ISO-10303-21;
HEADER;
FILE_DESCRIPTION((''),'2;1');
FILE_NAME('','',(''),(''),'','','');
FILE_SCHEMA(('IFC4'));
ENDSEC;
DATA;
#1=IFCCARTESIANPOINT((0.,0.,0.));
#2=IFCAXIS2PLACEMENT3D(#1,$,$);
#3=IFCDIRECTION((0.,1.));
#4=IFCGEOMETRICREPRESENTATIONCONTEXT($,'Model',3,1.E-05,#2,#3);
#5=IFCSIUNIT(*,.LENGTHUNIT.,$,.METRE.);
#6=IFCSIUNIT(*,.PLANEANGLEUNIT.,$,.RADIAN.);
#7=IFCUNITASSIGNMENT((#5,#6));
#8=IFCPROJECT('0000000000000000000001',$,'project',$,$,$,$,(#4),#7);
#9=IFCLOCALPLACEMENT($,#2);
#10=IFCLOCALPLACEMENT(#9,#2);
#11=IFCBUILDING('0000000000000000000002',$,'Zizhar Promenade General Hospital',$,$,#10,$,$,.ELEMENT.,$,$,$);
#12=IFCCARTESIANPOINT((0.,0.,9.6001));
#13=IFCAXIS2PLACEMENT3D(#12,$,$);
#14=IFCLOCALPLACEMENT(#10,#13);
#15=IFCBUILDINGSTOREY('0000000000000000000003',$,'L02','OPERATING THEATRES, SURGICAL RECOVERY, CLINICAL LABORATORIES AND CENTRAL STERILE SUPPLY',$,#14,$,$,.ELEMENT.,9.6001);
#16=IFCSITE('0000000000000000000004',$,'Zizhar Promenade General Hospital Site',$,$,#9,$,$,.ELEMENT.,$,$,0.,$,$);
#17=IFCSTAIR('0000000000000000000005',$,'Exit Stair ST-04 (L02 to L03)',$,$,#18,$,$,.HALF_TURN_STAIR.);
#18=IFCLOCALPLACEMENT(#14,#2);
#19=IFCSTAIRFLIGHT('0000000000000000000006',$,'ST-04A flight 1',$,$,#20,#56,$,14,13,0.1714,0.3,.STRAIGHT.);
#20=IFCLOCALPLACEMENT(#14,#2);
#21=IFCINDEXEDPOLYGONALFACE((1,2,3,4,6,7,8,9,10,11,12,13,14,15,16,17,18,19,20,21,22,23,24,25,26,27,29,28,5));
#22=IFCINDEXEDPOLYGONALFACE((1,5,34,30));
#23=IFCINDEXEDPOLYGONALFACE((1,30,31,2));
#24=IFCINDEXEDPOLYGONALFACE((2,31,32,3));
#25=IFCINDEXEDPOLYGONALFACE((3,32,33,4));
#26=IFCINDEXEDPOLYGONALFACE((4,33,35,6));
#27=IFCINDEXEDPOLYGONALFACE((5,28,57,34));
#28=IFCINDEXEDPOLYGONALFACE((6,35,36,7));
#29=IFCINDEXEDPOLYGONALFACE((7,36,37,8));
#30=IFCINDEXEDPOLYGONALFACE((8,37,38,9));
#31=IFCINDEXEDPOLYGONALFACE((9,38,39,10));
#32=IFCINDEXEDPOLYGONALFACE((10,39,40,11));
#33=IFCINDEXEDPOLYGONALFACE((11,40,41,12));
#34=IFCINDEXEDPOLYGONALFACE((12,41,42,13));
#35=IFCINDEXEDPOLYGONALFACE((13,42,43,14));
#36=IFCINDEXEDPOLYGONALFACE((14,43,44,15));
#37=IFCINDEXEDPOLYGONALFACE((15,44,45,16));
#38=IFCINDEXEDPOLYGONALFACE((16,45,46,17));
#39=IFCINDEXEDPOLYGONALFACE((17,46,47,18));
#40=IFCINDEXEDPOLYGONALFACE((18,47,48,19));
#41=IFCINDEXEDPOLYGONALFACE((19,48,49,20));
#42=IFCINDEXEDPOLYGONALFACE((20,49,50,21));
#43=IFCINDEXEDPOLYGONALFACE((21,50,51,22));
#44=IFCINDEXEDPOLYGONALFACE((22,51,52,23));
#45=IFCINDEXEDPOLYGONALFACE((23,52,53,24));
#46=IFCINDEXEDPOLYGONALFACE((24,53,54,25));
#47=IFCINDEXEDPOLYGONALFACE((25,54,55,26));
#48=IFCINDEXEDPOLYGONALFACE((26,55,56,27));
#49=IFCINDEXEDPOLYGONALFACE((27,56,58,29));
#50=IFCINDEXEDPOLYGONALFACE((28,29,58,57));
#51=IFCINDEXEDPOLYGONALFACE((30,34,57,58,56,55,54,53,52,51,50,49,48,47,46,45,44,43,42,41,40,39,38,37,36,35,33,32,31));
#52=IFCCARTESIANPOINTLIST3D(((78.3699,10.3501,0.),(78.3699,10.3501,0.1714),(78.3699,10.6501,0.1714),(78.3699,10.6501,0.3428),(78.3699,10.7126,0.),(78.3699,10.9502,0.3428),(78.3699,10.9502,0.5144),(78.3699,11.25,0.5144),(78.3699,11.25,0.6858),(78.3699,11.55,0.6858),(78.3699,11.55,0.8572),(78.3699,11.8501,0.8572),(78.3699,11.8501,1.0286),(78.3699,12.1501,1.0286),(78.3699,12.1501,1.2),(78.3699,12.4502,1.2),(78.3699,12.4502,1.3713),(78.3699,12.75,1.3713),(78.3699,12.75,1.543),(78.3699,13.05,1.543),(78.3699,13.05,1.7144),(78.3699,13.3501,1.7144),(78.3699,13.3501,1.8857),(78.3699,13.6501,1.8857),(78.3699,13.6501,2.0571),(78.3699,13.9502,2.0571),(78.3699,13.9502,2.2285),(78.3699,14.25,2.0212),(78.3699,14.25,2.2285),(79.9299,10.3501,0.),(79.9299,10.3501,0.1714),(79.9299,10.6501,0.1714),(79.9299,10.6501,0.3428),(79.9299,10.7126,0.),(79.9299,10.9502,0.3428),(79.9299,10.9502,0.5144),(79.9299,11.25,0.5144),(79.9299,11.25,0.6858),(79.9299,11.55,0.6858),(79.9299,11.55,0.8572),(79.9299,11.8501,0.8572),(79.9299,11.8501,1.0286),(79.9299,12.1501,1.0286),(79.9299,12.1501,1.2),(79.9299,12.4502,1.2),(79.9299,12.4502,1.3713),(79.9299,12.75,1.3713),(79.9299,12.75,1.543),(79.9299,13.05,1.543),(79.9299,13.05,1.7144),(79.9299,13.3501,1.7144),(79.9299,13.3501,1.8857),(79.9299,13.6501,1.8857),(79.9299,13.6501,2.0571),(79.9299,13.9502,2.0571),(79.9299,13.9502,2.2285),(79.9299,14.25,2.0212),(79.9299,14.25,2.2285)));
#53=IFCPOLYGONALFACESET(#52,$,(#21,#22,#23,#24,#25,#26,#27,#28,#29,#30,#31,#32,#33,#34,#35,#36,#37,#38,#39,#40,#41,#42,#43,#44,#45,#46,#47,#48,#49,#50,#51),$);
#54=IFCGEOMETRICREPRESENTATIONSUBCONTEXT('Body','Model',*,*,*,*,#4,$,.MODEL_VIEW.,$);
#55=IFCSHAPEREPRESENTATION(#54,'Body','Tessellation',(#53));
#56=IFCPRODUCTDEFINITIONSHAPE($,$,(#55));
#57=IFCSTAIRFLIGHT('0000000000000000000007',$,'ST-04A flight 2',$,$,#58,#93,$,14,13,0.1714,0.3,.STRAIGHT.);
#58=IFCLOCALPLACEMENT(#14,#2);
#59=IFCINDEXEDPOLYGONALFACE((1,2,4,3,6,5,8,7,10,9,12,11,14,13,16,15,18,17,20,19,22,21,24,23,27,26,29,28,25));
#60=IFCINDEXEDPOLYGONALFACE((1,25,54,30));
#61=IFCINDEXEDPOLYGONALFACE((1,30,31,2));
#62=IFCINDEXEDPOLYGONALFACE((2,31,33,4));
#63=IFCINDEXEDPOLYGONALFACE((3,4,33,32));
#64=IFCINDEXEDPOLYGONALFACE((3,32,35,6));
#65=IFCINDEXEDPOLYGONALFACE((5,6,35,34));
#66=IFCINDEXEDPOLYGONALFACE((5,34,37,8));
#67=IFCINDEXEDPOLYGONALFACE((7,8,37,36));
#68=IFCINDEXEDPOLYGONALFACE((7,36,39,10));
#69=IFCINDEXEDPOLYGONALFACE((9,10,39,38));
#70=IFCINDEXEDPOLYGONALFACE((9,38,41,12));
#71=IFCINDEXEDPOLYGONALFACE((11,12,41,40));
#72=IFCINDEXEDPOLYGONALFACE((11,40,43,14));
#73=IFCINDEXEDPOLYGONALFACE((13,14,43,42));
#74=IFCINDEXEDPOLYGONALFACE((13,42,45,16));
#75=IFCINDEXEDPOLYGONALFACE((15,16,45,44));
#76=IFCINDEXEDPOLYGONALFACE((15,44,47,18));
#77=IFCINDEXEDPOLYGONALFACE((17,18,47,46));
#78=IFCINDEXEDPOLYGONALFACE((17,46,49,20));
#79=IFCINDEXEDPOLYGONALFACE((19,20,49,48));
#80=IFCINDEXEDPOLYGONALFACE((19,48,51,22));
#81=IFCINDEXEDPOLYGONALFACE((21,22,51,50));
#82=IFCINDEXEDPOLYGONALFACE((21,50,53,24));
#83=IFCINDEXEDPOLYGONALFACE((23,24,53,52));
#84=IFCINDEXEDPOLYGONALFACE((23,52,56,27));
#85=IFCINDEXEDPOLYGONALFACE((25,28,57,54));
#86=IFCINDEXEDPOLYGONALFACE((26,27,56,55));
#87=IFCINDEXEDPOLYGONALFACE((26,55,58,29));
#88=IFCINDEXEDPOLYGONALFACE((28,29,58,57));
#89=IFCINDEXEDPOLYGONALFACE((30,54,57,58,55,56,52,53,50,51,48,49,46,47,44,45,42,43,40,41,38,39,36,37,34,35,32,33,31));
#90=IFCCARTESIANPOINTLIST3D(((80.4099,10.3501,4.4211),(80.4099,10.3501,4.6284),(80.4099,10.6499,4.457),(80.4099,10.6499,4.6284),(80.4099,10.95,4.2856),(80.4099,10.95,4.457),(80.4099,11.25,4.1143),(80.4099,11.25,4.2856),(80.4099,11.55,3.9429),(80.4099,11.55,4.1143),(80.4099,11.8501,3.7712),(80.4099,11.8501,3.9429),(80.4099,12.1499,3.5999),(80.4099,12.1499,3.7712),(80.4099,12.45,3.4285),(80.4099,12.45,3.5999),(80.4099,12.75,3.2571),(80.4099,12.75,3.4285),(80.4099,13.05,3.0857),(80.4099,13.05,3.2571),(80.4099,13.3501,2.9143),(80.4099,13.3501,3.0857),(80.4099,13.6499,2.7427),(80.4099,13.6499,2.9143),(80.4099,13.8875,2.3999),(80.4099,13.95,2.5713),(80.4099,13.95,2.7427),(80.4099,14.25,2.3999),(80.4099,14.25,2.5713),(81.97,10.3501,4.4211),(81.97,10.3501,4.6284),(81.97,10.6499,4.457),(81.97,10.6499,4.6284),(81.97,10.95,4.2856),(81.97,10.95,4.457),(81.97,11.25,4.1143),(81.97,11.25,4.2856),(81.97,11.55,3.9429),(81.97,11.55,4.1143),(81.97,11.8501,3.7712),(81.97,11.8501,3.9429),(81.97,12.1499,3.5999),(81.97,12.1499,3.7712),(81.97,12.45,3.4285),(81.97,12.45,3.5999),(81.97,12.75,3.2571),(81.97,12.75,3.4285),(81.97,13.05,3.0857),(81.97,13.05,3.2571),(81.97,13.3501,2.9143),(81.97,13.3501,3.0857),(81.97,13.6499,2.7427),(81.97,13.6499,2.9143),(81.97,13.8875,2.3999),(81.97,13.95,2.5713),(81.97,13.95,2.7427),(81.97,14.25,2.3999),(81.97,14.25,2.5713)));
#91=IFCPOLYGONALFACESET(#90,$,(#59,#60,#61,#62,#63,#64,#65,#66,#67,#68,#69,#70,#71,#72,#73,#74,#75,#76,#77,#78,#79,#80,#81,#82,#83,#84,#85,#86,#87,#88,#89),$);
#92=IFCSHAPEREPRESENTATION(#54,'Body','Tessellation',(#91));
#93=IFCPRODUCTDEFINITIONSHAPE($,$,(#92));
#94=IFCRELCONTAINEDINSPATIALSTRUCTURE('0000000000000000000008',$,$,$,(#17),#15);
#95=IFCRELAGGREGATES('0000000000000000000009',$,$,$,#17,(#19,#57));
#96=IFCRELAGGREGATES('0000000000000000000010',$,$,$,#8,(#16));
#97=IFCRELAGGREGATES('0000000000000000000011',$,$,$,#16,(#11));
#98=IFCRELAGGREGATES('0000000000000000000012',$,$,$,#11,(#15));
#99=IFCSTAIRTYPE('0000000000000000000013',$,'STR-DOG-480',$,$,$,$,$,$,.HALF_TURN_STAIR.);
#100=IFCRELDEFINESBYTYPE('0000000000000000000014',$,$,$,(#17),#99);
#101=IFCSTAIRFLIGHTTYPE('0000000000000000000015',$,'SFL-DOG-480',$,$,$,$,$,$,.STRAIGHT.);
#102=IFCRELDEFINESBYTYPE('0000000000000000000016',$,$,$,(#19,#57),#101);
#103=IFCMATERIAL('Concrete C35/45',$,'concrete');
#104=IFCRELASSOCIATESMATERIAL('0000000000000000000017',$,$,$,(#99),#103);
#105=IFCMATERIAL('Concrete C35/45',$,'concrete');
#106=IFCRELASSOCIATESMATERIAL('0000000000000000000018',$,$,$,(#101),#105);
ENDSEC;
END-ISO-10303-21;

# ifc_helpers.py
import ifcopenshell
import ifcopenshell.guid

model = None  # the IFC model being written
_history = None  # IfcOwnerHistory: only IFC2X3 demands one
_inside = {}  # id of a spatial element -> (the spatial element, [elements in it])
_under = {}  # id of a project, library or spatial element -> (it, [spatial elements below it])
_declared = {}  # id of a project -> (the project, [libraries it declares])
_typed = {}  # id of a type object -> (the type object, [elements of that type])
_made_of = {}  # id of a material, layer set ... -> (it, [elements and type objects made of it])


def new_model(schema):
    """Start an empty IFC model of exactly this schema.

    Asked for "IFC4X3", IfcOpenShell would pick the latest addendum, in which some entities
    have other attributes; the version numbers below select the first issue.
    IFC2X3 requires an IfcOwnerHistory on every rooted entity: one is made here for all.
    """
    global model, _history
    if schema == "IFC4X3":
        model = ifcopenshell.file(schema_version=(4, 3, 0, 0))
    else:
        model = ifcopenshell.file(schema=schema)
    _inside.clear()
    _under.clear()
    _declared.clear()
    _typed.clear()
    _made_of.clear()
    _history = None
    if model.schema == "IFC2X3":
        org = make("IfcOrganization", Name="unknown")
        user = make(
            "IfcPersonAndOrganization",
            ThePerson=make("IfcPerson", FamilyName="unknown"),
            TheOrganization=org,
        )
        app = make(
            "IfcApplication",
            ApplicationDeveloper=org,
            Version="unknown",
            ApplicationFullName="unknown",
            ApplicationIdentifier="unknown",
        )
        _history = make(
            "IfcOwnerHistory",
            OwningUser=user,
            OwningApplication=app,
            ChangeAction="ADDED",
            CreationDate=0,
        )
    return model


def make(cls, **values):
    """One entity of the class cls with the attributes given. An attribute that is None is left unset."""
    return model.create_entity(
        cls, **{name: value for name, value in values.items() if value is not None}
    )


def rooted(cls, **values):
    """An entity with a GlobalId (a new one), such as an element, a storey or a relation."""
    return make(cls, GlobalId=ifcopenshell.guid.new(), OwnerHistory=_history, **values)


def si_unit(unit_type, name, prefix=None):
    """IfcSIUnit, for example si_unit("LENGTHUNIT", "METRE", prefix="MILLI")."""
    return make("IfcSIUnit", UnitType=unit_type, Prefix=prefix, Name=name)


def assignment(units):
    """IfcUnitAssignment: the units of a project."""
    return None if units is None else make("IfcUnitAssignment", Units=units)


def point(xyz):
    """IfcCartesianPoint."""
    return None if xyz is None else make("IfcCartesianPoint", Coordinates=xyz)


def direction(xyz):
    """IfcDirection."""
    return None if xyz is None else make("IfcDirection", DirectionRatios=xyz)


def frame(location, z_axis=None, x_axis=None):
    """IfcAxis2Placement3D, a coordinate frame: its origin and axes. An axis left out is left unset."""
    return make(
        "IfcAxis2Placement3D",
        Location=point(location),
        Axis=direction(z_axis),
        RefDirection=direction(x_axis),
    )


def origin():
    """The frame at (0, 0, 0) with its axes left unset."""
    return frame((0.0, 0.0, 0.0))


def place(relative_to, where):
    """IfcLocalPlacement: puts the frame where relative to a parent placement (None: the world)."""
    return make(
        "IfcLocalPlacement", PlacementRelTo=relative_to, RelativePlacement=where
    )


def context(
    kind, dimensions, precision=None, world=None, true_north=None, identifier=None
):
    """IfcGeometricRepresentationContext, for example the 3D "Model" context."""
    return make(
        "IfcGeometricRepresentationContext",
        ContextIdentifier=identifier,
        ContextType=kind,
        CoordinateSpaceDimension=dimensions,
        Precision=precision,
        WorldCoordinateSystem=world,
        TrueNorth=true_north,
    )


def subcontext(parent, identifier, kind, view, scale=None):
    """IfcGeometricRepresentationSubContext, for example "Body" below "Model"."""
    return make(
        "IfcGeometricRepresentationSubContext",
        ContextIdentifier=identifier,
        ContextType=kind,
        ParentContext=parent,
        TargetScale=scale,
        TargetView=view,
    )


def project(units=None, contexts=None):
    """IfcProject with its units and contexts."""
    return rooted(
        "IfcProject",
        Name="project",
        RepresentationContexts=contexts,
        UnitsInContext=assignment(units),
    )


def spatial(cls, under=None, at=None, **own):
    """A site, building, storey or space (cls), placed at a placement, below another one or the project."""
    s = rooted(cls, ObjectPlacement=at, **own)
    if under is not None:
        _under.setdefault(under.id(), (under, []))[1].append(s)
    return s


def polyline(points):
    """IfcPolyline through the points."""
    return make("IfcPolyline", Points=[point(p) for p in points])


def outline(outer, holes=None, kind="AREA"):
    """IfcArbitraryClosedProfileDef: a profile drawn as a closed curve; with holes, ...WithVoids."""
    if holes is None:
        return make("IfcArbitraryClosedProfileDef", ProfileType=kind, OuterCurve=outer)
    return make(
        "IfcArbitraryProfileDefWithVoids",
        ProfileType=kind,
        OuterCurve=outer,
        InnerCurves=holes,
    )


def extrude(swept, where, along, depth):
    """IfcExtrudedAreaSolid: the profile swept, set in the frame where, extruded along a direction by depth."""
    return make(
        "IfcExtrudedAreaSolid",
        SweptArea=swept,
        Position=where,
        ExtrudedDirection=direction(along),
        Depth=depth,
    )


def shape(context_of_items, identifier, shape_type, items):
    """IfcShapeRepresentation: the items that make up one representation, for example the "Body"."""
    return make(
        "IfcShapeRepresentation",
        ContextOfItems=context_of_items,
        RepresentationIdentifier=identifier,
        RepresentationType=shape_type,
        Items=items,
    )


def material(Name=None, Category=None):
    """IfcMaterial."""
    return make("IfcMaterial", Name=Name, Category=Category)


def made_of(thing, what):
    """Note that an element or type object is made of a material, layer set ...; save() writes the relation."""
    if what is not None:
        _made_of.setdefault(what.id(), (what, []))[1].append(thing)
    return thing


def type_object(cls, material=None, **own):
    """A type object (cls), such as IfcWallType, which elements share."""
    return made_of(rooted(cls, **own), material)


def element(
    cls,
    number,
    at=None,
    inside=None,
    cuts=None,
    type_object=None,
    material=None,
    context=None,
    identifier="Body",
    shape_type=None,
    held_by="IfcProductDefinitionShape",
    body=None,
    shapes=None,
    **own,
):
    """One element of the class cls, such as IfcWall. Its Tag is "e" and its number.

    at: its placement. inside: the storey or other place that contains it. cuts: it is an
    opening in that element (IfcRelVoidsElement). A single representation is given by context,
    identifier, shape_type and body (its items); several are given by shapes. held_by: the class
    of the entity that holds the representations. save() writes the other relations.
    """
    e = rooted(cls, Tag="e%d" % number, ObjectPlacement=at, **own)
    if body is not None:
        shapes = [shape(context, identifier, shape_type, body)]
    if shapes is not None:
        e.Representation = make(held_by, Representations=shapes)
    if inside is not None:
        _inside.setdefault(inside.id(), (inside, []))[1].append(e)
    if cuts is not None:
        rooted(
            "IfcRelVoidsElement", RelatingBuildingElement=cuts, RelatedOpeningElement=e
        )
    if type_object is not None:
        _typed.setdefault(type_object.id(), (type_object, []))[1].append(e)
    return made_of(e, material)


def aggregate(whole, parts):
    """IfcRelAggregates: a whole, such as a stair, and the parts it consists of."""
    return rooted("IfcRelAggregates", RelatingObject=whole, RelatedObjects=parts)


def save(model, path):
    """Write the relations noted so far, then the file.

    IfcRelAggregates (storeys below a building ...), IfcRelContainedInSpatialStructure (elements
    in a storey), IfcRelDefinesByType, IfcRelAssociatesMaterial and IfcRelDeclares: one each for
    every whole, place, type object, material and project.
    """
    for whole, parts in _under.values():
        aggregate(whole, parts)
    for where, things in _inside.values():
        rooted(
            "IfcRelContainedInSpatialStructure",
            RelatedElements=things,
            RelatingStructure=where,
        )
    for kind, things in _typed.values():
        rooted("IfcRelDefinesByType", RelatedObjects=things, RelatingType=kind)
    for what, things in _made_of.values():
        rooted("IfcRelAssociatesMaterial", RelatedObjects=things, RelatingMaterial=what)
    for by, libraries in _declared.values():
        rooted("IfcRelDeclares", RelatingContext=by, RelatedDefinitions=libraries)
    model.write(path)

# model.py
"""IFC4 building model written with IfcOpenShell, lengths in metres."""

from ifc_helpers import new_model, si_unit, direction, frame, origin, place, context, subcontext, project, spatial, polyline, outline, extrude, material, type_object, element, aggregate, save


model = new_model("IFC4")

# Units and contexts
model_context = context("Model", 3, precision=1e-05, world=origin(), true_north=direction((0.0, 1.0)))
body_context = subcontext(model_context, "Body", "Model", "MODEL_VIEW")
ifc_project = project(units=[si_unit("LENGTHUNIT", "METRE"), si_unit("PLANEANGLEUNIT", "RADIAN")], contexts=[model_context])

# Site, building, storey
site_placement = place(None, origin())
site = spatial("IfcSite", under=ifc_project, at=site_placement, Name="Zizhar Promenade General Hospital Site", CompositionType="ELEMENT", RefElevation=0.0)
building_placement = place(site_placement, origin())
building = spatial("IfcBuilding", under=site, at=building_placement, Name="Zizhar Promenade General Hospital", CompositionType="ELEMENT")
storey_placement = place(building_placement, frame((0.0, 0.0, 9.6001)))
storey = spatial("IfcBuildingStorey", under=building, at=storey_placement, Name="L02", Description="OPERATING THEATRES, SURGICAL RECOVERY, CLINICAL LABORATORIES AND CENTRAL STERILE SUPPLY", CompositionType="ELEMENT", Elevation=9.6001)

# Shared definitions
ifc_material_1 = material(Name="Concrete C35/45", Category="concrete")
stair_type = type_object("IfcStairType", Name="STR-DOG-480", PredefinedType="HALF_TURN_STAIR", material=ifc_material_1)
ifc_material_2 = material(Name="Concrete C35/45", Category="concrete")
stair_flight_type = type_object("IfcStairFlightType", Name="SFL-DOG-480", PredefinedType="STRAIGHT", material=ifc_material_2)

# Stair, stair flights
stair_1_placement = place(storey_placement, origin())
stair_1 = element("IfcStair", 1, at=stair_1_placement, inside=storey, type_object=stair_type, Name="Exit Stair ST-04 (L02 to L03)", PredefinedType="HALF_TURN_STAIR")
stair_flight_1_placement = place(storey_placement, frame((79.1499, 10.3501, 0.0), z_axis=(0.0, 0.0, 1.0), x_axis=(0.0, 1.0, 0.0)))
stair_flight_1 = element("IfcStairFlight", 2, at=stair_flight_1_placement, type_object=stair_flight_type, Name="ST-04A flight 1", NumberOfRisers=14, NumberOfTreads=13, PredefinedType="STRAIGHT", RiserHeight=0.1714, TreadLength=0.3, context=body_context, shape_type="SweptSolid", body=[
    extrude(outline(polyline([(0.0, 0.0), (0.0, 0.1714), (0.3, 0.1714), (0.3, 0.3428), (0.6001, 0.3428), (0.6001, 0.5144), (0.8999, 0.5144), (0.8999, 0.6858), (1.2, 0.6858), (1.2, 0.8572), (1.5, 0.8572), (1.5, 1.0286), (1.8, 1.0286), (1.8, 1.2), (2.1001, 1.2), (2.1001, 1.3713), (2.3999, 1.3713), (2.3999, 1.543), (2.7, 1.543), (2.7, 1.7144), (3.0, 1.7144), (3.0, 1.8857), (3.3, 1.8857), (3.3, 2.0571), (3.6001, 2.0571), (3.6001, 2.2285), (3.8999, 2.2285), (3.8999, 2.3999), (3.8999, 2.0212), (0.3625, 0.0), (0.0, 0.0)])), frame((0.0, 0.78, 0.0), z_axis=(0.0, -1.0, 0.0), x_axis=(1.0, 0.0, 0.0)), (0.0, 0.0, 1.0), 1.5601),
])
stair_flight_2_placement = place(storey_placement, frame((81.1899, 14.25, 2.3999), z_axis=(0.0, 0.0, 1.0), x_axis=(0.0, -1.0, 0.0)))
stair_flight_2 = element("IfcStairFlight", 3, at=stair_flight_2_placement, type_object=stair_flight_type, Name="ST-04A flight 2", NumberOfRisers=14, NumberOfTreads=13, PredefinedType="STRAIGHT", RiserHeight=0.1714, TreadLength=0.3, context=body_context, shape_type="SweptSolid", body=[
    extrude(outline(polyline([(0.0, 0.0), (0.0, 0.1714), (0.3, 0.1714), (0.3, 0.3428), (0.6001, 0.3428), (0.6001, 0.5144), (0.8999, 0.5144), (0.8999, 0.6858), (1.2, 0.6858), (1.2, 0.8572), (1.5, 0.8572), (1.5, 1.0286), (1.8, 1.0286), (1.8, 1.2), (2.1001, 1.2), (2.1001, 1.3713), (2.3999, 1.3713), (2.3999, 1.543), (2.7, 1.543), (2.7, 1.7144), (3.0, 1.7144), (3.0, 1.8857), (3.3, 1.8857), (3.3, 2.0571), (3.6001, 2.0571), (3.6001, 2.2285), (3.8999, 2.2285), (3.8999, 2.3999), (3.8999, 2.0212), (0.3625, 0.0), (0.0, 0.0)])), frame((0.0, 0.78, 0.0), z_axis=(0.0, -1.0, 0.0), x_axis=(1.0, 0.0, 0.0)), (0.0, 0.0, 1.0), 1.5601),
])
aggregate(stair_1, [stair_flight_1, stair_flight_2])

save(model, "model.ifc")
